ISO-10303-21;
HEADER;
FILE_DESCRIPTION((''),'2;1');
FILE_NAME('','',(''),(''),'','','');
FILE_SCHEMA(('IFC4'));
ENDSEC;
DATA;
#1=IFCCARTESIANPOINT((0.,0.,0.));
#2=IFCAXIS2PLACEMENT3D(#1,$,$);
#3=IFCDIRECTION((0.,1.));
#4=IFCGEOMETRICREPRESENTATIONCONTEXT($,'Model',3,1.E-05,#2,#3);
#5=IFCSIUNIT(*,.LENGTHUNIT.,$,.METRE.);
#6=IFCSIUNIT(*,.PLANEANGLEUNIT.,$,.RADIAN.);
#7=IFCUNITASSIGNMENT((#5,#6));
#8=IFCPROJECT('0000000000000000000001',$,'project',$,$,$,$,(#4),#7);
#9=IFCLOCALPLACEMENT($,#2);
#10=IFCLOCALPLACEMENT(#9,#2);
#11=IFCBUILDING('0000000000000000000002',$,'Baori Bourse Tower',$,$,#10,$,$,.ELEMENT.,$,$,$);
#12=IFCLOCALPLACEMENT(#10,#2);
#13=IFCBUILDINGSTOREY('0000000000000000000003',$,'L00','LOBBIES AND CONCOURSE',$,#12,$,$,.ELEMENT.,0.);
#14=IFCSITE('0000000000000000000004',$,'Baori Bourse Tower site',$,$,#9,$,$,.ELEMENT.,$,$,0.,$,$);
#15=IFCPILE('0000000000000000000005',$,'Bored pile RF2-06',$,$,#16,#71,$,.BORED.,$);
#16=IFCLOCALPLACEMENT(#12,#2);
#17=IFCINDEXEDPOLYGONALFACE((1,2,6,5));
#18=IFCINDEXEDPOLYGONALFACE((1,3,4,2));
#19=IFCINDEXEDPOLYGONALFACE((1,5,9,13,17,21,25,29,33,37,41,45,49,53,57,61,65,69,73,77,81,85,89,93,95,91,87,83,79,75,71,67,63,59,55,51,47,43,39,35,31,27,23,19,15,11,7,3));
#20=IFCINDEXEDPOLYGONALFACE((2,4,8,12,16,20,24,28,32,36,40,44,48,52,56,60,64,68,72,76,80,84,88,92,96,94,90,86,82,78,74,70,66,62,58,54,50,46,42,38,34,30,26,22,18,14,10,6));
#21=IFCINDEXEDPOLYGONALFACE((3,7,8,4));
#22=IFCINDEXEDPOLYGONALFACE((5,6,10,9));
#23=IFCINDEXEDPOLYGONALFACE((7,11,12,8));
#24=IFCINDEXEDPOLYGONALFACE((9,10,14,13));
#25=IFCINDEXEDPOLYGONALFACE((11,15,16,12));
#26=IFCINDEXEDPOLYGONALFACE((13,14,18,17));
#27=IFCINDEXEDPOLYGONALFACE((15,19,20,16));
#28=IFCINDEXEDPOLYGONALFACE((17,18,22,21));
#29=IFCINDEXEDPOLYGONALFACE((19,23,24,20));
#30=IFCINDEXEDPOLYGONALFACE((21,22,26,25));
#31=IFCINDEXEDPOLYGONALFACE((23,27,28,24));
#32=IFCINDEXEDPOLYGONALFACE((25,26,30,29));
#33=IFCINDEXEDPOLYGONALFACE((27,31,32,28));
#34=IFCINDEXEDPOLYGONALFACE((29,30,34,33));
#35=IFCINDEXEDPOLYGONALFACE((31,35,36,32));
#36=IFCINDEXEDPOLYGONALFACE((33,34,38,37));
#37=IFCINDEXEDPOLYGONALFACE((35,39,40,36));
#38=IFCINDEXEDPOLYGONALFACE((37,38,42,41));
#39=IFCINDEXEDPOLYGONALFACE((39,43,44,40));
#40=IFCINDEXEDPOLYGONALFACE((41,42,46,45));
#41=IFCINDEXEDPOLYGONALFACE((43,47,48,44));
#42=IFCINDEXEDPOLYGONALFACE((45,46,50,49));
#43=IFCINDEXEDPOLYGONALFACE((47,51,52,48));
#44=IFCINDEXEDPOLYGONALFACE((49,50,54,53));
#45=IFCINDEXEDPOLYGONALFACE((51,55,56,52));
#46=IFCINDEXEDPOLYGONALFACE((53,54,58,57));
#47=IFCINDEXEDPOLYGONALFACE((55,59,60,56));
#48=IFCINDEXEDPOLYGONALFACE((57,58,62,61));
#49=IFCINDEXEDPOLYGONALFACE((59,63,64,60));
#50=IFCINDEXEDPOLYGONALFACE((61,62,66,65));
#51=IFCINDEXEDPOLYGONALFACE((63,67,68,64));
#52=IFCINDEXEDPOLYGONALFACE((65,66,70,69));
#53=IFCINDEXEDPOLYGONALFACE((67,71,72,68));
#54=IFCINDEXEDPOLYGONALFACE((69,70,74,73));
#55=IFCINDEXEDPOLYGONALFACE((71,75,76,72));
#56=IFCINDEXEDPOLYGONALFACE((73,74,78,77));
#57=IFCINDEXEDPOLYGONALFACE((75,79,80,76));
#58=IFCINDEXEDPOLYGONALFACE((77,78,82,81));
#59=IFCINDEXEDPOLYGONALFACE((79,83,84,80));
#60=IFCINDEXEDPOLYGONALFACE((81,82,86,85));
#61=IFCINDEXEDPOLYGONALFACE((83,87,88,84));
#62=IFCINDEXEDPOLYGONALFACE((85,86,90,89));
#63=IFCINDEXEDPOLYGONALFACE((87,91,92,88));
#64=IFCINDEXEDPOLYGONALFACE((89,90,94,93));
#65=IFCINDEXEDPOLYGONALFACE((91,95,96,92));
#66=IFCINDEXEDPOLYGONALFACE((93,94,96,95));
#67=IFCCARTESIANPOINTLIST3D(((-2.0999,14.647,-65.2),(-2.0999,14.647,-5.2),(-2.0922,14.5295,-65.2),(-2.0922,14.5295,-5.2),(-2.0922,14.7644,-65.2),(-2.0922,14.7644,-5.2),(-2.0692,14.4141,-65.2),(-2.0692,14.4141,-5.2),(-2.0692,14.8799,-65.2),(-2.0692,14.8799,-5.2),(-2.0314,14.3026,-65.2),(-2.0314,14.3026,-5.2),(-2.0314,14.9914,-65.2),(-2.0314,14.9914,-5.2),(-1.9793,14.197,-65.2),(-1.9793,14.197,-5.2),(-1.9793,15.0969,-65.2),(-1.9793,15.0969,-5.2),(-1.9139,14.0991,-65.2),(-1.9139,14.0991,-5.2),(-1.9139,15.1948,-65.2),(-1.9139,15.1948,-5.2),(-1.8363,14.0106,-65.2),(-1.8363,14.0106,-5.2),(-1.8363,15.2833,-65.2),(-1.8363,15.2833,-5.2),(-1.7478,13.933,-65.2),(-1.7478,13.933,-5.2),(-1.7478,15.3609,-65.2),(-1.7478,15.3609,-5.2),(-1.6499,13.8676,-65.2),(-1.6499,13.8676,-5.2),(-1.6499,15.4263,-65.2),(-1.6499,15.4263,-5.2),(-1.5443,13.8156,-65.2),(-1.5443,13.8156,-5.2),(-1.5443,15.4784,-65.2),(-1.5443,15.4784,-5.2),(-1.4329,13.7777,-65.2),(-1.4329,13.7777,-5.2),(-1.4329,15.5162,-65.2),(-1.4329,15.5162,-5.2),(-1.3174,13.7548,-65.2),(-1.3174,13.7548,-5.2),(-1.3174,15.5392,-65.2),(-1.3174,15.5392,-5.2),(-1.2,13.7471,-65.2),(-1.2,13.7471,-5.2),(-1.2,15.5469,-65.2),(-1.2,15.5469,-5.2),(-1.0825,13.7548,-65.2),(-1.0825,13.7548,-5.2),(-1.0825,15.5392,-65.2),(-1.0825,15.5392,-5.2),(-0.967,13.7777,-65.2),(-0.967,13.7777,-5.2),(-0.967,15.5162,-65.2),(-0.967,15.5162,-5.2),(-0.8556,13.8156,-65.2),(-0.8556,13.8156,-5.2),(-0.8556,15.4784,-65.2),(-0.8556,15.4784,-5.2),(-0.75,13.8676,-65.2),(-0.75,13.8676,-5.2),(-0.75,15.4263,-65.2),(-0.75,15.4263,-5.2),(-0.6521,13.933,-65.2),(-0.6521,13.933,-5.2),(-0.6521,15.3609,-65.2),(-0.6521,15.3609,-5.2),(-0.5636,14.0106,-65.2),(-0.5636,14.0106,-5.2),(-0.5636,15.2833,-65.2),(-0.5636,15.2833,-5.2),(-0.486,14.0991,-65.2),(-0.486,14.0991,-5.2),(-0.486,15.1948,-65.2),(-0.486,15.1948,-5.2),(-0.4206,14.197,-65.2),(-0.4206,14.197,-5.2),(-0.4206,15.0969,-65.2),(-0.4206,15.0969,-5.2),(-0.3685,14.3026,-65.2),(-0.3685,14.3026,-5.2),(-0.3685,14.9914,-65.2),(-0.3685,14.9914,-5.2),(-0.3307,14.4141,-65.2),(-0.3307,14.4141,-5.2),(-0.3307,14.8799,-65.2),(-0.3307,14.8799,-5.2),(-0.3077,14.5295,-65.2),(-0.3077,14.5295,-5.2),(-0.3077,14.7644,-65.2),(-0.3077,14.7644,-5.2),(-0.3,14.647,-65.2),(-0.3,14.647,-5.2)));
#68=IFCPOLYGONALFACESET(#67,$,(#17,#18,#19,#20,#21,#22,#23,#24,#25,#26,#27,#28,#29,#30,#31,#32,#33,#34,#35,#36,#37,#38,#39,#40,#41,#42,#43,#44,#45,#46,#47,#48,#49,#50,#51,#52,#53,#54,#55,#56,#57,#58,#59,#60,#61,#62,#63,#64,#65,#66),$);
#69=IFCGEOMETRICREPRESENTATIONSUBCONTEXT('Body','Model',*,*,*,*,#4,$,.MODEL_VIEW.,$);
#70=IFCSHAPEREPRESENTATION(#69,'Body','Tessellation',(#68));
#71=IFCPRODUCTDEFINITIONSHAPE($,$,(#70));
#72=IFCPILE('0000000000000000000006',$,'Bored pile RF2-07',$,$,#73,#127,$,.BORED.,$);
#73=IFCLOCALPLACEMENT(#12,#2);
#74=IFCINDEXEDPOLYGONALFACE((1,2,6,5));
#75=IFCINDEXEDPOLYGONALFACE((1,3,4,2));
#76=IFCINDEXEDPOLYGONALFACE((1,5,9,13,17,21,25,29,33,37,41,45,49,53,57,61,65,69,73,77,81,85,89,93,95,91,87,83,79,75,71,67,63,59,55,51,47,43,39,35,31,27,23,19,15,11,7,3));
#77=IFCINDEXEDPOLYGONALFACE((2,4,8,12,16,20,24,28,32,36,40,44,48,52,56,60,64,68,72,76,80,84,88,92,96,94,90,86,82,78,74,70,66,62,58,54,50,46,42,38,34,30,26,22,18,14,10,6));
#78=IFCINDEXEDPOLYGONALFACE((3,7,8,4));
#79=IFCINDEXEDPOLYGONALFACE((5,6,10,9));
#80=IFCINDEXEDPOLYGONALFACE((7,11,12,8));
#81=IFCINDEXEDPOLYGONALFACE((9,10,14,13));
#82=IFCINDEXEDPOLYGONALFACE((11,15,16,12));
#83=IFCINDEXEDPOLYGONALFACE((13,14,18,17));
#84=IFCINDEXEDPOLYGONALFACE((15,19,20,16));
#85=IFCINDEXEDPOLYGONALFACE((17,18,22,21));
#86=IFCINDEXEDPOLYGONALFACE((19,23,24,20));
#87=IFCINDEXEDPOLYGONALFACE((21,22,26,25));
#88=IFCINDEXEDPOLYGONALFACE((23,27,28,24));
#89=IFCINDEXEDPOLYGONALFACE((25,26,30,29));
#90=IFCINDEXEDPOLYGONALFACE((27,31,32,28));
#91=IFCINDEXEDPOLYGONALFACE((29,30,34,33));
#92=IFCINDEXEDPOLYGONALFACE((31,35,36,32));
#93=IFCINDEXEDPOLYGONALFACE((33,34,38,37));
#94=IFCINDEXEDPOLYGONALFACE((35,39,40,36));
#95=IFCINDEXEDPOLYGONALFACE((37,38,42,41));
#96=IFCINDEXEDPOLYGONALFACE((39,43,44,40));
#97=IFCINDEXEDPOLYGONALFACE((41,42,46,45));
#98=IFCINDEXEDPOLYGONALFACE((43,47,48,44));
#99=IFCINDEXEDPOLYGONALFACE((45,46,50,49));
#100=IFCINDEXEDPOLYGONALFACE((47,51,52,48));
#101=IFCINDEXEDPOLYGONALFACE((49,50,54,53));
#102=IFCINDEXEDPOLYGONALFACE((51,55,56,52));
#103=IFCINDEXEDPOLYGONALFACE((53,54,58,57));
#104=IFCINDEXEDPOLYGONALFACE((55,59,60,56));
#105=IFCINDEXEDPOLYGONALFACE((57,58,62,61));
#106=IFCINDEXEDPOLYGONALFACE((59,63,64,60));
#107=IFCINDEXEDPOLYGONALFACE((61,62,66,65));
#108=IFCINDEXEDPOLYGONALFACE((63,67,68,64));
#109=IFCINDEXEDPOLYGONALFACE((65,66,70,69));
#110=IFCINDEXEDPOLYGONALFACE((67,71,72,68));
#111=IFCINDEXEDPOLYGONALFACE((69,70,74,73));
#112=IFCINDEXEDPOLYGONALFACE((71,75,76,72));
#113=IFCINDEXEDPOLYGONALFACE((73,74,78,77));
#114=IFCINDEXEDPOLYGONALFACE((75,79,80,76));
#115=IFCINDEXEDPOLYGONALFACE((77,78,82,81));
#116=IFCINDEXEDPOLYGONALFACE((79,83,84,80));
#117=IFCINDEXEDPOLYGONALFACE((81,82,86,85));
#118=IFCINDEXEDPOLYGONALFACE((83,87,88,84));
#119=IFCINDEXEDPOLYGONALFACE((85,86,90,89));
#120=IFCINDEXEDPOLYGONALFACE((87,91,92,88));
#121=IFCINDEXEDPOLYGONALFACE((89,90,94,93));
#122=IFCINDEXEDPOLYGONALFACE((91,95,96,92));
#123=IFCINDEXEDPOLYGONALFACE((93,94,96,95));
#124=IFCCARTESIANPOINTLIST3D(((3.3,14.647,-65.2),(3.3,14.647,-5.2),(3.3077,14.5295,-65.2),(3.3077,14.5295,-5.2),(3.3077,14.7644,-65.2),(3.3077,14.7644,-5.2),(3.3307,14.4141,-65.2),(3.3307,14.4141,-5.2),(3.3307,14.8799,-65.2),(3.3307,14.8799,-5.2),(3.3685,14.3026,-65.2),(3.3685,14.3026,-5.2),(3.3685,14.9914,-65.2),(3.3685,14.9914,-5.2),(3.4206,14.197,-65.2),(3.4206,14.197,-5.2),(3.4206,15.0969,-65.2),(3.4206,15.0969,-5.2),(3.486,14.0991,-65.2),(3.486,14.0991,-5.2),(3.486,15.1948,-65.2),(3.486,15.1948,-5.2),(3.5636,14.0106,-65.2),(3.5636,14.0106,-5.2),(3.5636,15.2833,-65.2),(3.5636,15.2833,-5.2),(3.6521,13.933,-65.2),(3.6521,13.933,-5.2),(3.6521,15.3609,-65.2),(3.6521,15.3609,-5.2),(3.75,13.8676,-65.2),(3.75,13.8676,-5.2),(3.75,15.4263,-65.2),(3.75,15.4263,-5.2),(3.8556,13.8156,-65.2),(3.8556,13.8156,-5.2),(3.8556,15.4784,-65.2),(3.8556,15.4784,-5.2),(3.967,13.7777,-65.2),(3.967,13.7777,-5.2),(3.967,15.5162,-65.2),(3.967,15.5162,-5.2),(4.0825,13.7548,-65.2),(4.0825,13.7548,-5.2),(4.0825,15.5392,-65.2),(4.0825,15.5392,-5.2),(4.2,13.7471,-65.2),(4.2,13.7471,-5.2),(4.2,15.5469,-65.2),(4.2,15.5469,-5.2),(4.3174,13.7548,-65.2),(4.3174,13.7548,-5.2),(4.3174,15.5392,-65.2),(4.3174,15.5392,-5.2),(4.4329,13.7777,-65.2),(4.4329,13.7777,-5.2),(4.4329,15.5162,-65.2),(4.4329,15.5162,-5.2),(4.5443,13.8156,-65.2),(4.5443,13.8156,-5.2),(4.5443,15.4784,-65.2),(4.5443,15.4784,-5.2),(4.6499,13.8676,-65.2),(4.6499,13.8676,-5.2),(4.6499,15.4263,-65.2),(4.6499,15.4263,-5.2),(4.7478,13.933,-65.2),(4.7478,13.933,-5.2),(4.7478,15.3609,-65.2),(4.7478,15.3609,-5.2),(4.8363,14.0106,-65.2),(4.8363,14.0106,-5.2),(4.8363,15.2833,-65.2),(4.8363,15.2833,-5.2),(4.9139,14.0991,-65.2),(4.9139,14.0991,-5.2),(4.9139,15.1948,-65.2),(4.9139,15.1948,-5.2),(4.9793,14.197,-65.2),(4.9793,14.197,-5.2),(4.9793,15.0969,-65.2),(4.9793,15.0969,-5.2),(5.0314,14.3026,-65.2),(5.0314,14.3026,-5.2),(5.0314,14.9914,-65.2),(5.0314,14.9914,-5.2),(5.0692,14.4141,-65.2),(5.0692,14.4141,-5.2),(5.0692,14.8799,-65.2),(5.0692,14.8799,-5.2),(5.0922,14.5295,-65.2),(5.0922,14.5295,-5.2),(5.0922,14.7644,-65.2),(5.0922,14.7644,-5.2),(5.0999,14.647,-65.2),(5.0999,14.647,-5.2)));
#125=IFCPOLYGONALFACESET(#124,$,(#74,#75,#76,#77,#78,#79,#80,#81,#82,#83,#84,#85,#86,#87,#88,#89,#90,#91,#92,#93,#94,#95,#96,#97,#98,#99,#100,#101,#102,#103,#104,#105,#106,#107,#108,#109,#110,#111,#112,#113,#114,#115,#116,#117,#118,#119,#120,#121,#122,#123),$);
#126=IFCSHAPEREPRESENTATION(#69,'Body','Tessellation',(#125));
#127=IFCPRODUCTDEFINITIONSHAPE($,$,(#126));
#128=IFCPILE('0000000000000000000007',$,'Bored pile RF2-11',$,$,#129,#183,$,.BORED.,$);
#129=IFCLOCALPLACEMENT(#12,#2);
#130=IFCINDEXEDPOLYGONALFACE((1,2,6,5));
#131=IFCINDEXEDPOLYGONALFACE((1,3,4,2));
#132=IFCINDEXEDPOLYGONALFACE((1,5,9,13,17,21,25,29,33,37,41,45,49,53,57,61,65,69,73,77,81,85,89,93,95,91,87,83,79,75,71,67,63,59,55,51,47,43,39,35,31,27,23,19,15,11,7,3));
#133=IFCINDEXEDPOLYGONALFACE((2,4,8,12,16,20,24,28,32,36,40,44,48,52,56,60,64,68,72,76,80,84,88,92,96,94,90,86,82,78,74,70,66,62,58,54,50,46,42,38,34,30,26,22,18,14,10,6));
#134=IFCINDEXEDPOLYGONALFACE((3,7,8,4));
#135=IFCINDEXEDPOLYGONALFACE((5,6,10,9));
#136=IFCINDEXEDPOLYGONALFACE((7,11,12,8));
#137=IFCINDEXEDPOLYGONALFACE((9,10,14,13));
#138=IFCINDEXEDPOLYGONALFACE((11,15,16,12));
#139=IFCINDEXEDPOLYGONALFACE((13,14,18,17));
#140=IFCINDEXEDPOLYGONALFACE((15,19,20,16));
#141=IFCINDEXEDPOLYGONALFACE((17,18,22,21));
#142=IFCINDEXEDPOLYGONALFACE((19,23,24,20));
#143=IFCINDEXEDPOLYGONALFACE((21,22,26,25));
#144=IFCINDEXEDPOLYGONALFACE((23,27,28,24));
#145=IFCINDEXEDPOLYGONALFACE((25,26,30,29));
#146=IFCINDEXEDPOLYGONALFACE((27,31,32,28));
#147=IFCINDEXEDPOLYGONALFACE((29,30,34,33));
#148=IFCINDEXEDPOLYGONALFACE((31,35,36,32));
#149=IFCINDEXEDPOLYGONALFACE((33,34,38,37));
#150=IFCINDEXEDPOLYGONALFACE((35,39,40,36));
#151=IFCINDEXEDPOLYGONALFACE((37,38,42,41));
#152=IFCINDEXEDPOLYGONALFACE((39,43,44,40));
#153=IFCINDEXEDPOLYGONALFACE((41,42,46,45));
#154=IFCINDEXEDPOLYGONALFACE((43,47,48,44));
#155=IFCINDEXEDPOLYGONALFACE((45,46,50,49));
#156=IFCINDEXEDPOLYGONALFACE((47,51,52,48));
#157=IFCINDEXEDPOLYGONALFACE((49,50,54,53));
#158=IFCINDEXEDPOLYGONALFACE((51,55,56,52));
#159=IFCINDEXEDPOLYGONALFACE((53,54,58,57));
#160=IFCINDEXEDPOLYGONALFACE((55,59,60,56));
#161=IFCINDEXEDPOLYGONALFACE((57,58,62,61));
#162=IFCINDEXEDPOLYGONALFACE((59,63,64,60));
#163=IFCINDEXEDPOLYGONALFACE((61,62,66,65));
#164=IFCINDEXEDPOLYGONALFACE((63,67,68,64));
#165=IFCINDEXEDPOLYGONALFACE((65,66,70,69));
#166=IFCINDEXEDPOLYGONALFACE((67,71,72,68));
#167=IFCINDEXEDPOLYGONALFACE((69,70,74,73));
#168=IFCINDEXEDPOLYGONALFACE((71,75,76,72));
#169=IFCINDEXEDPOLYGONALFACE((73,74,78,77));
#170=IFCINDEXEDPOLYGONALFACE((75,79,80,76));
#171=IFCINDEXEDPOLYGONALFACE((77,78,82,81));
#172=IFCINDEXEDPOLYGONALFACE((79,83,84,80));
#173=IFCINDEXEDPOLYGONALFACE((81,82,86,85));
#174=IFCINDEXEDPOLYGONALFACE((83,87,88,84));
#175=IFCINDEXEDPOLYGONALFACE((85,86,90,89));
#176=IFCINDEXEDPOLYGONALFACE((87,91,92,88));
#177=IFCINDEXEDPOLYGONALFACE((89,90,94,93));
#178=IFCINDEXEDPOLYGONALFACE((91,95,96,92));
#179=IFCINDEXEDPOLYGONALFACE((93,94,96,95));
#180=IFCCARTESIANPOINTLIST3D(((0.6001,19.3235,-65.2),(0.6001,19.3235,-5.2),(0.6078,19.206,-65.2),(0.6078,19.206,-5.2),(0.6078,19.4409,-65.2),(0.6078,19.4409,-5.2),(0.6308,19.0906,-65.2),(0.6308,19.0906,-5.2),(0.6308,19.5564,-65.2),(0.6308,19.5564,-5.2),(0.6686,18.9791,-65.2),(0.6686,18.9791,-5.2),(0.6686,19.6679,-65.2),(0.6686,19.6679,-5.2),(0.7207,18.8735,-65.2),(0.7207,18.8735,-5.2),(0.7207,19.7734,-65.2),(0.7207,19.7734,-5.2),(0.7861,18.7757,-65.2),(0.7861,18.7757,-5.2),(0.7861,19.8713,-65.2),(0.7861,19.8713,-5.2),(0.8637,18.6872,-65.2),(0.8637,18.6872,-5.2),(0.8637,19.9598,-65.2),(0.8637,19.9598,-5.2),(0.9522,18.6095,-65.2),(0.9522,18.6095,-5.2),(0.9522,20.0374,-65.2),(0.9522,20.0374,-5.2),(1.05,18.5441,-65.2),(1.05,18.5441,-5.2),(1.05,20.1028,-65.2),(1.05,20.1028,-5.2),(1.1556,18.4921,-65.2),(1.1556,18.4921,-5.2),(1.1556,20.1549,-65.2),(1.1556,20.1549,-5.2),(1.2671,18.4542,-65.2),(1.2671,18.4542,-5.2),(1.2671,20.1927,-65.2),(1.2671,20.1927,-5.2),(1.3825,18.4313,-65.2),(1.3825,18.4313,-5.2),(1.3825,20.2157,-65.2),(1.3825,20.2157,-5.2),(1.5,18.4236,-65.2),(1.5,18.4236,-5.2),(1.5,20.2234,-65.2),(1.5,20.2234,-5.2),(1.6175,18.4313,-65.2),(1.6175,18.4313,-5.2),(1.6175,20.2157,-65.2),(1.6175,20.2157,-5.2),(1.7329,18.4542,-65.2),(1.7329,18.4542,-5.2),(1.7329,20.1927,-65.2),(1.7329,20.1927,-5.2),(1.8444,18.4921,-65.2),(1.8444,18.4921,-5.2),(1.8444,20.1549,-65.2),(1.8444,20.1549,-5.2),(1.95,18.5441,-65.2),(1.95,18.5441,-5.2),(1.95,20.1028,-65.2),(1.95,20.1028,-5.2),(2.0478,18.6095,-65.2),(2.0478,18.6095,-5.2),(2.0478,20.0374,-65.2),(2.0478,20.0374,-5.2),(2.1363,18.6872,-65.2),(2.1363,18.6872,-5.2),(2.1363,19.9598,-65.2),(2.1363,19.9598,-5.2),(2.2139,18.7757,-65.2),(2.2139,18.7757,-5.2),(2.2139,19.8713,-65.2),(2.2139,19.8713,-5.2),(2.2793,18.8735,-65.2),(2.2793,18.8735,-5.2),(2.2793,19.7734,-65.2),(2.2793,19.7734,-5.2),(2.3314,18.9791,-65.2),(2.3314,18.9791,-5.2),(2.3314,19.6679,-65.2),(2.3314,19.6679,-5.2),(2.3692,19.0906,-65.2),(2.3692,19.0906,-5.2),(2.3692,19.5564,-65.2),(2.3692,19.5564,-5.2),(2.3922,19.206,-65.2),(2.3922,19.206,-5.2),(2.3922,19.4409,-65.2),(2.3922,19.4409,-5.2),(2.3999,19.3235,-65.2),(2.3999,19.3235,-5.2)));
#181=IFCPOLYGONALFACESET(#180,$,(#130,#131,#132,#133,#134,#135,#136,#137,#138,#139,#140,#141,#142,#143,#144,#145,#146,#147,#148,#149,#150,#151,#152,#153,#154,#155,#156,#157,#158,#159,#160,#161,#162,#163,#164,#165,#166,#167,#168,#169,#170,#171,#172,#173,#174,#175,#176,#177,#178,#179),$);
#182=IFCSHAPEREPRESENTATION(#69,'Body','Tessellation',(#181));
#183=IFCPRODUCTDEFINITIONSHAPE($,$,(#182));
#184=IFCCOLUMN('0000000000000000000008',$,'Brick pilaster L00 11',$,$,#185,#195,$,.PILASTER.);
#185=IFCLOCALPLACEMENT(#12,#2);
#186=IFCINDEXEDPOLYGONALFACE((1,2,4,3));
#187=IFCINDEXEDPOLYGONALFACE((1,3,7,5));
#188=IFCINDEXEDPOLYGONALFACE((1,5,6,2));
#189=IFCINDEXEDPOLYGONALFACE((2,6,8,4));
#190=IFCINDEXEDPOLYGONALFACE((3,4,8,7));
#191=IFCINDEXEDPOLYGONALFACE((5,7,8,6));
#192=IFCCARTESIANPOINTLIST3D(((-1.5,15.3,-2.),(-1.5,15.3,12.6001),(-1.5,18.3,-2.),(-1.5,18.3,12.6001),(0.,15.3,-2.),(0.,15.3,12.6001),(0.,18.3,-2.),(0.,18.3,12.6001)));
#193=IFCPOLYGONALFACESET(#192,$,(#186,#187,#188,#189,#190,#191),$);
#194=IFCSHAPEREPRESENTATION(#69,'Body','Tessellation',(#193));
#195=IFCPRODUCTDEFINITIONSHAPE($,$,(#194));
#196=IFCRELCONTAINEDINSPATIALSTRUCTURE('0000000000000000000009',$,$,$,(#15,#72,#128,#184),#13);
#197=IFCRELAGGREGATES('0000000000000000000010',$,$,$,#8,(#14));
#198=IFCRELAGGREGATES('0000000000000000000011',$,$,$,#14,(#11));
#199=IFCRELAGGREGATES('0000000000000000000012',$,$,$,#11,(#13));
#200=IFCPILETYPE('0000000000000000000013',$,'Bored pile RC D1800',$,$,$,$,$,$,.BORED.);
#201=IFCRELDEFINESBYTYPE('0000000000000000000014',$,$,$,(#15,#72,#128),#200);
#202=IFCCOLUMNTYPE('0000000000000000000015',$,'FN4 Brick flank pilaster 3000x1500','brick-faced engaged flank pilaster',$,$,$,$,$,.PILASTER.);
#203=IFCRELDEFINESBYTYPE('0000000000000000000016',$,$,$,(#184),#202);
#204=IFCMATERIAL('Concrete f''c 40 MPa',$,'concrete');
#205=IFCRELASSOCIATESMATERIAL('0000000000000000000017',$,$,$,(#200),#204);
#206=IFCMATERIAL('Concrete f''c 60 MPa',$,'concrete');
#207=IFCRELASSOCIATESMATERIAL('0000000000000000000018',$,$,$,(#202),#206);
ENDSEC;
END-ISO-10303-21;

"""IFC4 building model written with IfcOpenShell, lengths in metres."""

from ifc_helpers import new_model, si_unit, direction, frame, origin, origin_2d, place, context, subcontext, project, spatial, rectangle, circle, extrude, material, material_profile, profile_set, type_object, element, save


model = new_model("IFC4")

# Units and contexts
model_context = context("Model", 3, precision=1e-05, world=origin(), true_north=direction((0.0, 1.0)))
body_context = subcontext(model_context, "Body", "Model", "MODEL_VIEW")
ifc_project = project(units=[si_unit("LENGTHUNIT", "METRE"), si_unit("PLANEANGLEUNIT", "RADIAN")], contexts=[model_context])

# Site, building, storey
site_placement = place(None, origin())
site = spatial("IfcSite", under=ifc_project, at=site_placement, Name="Baori Bourse Tower site", CompositionType="ELEMENT", RefElevation=0.0)
building_placement = place(site_placement, origin())
building = spatial("IfcBuilding", under=site, at=building_placement, Name="Baori Bourse Tower", CompositionType="ELEMENT")
storey_placement = place(building_placement, origin())
storey = spatial("IfcBuildingStorey", under=building, at=storey_placement, Name="L00", Description="LOBBIES AND CONCOURSE", CompositionType="ELEMENT", Elevation=0.0)

# Piles
ifc_material_1 = material(Name="Concrete f'c 40 MPa", Category="concrete")
ifc_material_profile_1 = material_profile(ifc_material_1, circle(Radius=0.8999, at=origin_2d()), Name="RC D1800")
ifc_profile_set_1 = profile_set([ifc_material_profile_1], Name="Concrete f'c 40 MPa")
pile_type = type_object("IfcPileType", Name="Bored pile RC D1800", PredefinedType="BORED", material=ifc_profile_set_1)
for number, where, z_axis, x_axis, name in (
    (1, (-1.2, 14.647, -5.2), (0.0, 0.0, -1.0), (1.0, 0.0, 0.0), "Bored pile RF2-06"),
    (2, (4.2, 14.647, -5.2), (0.0, 0.0, -1.0), (1.0, 0.0, 0.0), "Bored pile RF2-07"),
    (3, (1.5, 19.3235, -5.2), (0.0, 0.0, -1.0), (1.0, 0.0, 0.0), "Bored pile RF2-11"),
):
    element("IfcPile", number, at=place(storey_placement, frame(where, z_axis=z_axis, x_axis=x_axis)), inside=storey, type_object=pile_type, Name=name, PredefinedType="BORED", context=body_context, shape_type="SweptSolid", body=[
        extrude(circle(Radius=0.8999, at=origin_2d()), origin(), (0.0, 0.0, 1.0), 60.0),
    ])

# Column
ifc_material_2 = material(Name="Concrete f'c 60 MPa", Category="concrete")
ifc_material_profile_2 = material_profile(ifc_material_2, rectangle(XDim=3.0, YDim=1.5, at=origin_2d()), Name="RC 3000x1500")
ifc_profile_set_2 = profile_set([ifc_material_profile_2], Name="Concrete f'c 60 MPa")
column_type = type_object("IfcColumnType", Name="FN4 Brick flank pilaster 3000x1500", Description="brick-faced engaged flank pilaster", PredefinedType="PILASTER", material=ifc_profile_set_2)
column_placement = place(storey_placement, frame((-0.75, 16.8, -2.0), z_axis=(0.0, 0.0, 1.0), x_axis=(0.0, 1.0, 0.0)))
element("IfcColumn", 4, at=column_placement, inside=storey, type_object=column_type, Name="Brick pilaster L00 11", PredefinedType="PILASTER", context=body_context, shape_type="SweptSolid", body=[
    extrude(rectangle(XDim=3.0, YDim=1.5, at=origin_2d()), origin(), (0.0, 0.0, 1.0), 14.6001),
])

save(model, "model.ifc")
